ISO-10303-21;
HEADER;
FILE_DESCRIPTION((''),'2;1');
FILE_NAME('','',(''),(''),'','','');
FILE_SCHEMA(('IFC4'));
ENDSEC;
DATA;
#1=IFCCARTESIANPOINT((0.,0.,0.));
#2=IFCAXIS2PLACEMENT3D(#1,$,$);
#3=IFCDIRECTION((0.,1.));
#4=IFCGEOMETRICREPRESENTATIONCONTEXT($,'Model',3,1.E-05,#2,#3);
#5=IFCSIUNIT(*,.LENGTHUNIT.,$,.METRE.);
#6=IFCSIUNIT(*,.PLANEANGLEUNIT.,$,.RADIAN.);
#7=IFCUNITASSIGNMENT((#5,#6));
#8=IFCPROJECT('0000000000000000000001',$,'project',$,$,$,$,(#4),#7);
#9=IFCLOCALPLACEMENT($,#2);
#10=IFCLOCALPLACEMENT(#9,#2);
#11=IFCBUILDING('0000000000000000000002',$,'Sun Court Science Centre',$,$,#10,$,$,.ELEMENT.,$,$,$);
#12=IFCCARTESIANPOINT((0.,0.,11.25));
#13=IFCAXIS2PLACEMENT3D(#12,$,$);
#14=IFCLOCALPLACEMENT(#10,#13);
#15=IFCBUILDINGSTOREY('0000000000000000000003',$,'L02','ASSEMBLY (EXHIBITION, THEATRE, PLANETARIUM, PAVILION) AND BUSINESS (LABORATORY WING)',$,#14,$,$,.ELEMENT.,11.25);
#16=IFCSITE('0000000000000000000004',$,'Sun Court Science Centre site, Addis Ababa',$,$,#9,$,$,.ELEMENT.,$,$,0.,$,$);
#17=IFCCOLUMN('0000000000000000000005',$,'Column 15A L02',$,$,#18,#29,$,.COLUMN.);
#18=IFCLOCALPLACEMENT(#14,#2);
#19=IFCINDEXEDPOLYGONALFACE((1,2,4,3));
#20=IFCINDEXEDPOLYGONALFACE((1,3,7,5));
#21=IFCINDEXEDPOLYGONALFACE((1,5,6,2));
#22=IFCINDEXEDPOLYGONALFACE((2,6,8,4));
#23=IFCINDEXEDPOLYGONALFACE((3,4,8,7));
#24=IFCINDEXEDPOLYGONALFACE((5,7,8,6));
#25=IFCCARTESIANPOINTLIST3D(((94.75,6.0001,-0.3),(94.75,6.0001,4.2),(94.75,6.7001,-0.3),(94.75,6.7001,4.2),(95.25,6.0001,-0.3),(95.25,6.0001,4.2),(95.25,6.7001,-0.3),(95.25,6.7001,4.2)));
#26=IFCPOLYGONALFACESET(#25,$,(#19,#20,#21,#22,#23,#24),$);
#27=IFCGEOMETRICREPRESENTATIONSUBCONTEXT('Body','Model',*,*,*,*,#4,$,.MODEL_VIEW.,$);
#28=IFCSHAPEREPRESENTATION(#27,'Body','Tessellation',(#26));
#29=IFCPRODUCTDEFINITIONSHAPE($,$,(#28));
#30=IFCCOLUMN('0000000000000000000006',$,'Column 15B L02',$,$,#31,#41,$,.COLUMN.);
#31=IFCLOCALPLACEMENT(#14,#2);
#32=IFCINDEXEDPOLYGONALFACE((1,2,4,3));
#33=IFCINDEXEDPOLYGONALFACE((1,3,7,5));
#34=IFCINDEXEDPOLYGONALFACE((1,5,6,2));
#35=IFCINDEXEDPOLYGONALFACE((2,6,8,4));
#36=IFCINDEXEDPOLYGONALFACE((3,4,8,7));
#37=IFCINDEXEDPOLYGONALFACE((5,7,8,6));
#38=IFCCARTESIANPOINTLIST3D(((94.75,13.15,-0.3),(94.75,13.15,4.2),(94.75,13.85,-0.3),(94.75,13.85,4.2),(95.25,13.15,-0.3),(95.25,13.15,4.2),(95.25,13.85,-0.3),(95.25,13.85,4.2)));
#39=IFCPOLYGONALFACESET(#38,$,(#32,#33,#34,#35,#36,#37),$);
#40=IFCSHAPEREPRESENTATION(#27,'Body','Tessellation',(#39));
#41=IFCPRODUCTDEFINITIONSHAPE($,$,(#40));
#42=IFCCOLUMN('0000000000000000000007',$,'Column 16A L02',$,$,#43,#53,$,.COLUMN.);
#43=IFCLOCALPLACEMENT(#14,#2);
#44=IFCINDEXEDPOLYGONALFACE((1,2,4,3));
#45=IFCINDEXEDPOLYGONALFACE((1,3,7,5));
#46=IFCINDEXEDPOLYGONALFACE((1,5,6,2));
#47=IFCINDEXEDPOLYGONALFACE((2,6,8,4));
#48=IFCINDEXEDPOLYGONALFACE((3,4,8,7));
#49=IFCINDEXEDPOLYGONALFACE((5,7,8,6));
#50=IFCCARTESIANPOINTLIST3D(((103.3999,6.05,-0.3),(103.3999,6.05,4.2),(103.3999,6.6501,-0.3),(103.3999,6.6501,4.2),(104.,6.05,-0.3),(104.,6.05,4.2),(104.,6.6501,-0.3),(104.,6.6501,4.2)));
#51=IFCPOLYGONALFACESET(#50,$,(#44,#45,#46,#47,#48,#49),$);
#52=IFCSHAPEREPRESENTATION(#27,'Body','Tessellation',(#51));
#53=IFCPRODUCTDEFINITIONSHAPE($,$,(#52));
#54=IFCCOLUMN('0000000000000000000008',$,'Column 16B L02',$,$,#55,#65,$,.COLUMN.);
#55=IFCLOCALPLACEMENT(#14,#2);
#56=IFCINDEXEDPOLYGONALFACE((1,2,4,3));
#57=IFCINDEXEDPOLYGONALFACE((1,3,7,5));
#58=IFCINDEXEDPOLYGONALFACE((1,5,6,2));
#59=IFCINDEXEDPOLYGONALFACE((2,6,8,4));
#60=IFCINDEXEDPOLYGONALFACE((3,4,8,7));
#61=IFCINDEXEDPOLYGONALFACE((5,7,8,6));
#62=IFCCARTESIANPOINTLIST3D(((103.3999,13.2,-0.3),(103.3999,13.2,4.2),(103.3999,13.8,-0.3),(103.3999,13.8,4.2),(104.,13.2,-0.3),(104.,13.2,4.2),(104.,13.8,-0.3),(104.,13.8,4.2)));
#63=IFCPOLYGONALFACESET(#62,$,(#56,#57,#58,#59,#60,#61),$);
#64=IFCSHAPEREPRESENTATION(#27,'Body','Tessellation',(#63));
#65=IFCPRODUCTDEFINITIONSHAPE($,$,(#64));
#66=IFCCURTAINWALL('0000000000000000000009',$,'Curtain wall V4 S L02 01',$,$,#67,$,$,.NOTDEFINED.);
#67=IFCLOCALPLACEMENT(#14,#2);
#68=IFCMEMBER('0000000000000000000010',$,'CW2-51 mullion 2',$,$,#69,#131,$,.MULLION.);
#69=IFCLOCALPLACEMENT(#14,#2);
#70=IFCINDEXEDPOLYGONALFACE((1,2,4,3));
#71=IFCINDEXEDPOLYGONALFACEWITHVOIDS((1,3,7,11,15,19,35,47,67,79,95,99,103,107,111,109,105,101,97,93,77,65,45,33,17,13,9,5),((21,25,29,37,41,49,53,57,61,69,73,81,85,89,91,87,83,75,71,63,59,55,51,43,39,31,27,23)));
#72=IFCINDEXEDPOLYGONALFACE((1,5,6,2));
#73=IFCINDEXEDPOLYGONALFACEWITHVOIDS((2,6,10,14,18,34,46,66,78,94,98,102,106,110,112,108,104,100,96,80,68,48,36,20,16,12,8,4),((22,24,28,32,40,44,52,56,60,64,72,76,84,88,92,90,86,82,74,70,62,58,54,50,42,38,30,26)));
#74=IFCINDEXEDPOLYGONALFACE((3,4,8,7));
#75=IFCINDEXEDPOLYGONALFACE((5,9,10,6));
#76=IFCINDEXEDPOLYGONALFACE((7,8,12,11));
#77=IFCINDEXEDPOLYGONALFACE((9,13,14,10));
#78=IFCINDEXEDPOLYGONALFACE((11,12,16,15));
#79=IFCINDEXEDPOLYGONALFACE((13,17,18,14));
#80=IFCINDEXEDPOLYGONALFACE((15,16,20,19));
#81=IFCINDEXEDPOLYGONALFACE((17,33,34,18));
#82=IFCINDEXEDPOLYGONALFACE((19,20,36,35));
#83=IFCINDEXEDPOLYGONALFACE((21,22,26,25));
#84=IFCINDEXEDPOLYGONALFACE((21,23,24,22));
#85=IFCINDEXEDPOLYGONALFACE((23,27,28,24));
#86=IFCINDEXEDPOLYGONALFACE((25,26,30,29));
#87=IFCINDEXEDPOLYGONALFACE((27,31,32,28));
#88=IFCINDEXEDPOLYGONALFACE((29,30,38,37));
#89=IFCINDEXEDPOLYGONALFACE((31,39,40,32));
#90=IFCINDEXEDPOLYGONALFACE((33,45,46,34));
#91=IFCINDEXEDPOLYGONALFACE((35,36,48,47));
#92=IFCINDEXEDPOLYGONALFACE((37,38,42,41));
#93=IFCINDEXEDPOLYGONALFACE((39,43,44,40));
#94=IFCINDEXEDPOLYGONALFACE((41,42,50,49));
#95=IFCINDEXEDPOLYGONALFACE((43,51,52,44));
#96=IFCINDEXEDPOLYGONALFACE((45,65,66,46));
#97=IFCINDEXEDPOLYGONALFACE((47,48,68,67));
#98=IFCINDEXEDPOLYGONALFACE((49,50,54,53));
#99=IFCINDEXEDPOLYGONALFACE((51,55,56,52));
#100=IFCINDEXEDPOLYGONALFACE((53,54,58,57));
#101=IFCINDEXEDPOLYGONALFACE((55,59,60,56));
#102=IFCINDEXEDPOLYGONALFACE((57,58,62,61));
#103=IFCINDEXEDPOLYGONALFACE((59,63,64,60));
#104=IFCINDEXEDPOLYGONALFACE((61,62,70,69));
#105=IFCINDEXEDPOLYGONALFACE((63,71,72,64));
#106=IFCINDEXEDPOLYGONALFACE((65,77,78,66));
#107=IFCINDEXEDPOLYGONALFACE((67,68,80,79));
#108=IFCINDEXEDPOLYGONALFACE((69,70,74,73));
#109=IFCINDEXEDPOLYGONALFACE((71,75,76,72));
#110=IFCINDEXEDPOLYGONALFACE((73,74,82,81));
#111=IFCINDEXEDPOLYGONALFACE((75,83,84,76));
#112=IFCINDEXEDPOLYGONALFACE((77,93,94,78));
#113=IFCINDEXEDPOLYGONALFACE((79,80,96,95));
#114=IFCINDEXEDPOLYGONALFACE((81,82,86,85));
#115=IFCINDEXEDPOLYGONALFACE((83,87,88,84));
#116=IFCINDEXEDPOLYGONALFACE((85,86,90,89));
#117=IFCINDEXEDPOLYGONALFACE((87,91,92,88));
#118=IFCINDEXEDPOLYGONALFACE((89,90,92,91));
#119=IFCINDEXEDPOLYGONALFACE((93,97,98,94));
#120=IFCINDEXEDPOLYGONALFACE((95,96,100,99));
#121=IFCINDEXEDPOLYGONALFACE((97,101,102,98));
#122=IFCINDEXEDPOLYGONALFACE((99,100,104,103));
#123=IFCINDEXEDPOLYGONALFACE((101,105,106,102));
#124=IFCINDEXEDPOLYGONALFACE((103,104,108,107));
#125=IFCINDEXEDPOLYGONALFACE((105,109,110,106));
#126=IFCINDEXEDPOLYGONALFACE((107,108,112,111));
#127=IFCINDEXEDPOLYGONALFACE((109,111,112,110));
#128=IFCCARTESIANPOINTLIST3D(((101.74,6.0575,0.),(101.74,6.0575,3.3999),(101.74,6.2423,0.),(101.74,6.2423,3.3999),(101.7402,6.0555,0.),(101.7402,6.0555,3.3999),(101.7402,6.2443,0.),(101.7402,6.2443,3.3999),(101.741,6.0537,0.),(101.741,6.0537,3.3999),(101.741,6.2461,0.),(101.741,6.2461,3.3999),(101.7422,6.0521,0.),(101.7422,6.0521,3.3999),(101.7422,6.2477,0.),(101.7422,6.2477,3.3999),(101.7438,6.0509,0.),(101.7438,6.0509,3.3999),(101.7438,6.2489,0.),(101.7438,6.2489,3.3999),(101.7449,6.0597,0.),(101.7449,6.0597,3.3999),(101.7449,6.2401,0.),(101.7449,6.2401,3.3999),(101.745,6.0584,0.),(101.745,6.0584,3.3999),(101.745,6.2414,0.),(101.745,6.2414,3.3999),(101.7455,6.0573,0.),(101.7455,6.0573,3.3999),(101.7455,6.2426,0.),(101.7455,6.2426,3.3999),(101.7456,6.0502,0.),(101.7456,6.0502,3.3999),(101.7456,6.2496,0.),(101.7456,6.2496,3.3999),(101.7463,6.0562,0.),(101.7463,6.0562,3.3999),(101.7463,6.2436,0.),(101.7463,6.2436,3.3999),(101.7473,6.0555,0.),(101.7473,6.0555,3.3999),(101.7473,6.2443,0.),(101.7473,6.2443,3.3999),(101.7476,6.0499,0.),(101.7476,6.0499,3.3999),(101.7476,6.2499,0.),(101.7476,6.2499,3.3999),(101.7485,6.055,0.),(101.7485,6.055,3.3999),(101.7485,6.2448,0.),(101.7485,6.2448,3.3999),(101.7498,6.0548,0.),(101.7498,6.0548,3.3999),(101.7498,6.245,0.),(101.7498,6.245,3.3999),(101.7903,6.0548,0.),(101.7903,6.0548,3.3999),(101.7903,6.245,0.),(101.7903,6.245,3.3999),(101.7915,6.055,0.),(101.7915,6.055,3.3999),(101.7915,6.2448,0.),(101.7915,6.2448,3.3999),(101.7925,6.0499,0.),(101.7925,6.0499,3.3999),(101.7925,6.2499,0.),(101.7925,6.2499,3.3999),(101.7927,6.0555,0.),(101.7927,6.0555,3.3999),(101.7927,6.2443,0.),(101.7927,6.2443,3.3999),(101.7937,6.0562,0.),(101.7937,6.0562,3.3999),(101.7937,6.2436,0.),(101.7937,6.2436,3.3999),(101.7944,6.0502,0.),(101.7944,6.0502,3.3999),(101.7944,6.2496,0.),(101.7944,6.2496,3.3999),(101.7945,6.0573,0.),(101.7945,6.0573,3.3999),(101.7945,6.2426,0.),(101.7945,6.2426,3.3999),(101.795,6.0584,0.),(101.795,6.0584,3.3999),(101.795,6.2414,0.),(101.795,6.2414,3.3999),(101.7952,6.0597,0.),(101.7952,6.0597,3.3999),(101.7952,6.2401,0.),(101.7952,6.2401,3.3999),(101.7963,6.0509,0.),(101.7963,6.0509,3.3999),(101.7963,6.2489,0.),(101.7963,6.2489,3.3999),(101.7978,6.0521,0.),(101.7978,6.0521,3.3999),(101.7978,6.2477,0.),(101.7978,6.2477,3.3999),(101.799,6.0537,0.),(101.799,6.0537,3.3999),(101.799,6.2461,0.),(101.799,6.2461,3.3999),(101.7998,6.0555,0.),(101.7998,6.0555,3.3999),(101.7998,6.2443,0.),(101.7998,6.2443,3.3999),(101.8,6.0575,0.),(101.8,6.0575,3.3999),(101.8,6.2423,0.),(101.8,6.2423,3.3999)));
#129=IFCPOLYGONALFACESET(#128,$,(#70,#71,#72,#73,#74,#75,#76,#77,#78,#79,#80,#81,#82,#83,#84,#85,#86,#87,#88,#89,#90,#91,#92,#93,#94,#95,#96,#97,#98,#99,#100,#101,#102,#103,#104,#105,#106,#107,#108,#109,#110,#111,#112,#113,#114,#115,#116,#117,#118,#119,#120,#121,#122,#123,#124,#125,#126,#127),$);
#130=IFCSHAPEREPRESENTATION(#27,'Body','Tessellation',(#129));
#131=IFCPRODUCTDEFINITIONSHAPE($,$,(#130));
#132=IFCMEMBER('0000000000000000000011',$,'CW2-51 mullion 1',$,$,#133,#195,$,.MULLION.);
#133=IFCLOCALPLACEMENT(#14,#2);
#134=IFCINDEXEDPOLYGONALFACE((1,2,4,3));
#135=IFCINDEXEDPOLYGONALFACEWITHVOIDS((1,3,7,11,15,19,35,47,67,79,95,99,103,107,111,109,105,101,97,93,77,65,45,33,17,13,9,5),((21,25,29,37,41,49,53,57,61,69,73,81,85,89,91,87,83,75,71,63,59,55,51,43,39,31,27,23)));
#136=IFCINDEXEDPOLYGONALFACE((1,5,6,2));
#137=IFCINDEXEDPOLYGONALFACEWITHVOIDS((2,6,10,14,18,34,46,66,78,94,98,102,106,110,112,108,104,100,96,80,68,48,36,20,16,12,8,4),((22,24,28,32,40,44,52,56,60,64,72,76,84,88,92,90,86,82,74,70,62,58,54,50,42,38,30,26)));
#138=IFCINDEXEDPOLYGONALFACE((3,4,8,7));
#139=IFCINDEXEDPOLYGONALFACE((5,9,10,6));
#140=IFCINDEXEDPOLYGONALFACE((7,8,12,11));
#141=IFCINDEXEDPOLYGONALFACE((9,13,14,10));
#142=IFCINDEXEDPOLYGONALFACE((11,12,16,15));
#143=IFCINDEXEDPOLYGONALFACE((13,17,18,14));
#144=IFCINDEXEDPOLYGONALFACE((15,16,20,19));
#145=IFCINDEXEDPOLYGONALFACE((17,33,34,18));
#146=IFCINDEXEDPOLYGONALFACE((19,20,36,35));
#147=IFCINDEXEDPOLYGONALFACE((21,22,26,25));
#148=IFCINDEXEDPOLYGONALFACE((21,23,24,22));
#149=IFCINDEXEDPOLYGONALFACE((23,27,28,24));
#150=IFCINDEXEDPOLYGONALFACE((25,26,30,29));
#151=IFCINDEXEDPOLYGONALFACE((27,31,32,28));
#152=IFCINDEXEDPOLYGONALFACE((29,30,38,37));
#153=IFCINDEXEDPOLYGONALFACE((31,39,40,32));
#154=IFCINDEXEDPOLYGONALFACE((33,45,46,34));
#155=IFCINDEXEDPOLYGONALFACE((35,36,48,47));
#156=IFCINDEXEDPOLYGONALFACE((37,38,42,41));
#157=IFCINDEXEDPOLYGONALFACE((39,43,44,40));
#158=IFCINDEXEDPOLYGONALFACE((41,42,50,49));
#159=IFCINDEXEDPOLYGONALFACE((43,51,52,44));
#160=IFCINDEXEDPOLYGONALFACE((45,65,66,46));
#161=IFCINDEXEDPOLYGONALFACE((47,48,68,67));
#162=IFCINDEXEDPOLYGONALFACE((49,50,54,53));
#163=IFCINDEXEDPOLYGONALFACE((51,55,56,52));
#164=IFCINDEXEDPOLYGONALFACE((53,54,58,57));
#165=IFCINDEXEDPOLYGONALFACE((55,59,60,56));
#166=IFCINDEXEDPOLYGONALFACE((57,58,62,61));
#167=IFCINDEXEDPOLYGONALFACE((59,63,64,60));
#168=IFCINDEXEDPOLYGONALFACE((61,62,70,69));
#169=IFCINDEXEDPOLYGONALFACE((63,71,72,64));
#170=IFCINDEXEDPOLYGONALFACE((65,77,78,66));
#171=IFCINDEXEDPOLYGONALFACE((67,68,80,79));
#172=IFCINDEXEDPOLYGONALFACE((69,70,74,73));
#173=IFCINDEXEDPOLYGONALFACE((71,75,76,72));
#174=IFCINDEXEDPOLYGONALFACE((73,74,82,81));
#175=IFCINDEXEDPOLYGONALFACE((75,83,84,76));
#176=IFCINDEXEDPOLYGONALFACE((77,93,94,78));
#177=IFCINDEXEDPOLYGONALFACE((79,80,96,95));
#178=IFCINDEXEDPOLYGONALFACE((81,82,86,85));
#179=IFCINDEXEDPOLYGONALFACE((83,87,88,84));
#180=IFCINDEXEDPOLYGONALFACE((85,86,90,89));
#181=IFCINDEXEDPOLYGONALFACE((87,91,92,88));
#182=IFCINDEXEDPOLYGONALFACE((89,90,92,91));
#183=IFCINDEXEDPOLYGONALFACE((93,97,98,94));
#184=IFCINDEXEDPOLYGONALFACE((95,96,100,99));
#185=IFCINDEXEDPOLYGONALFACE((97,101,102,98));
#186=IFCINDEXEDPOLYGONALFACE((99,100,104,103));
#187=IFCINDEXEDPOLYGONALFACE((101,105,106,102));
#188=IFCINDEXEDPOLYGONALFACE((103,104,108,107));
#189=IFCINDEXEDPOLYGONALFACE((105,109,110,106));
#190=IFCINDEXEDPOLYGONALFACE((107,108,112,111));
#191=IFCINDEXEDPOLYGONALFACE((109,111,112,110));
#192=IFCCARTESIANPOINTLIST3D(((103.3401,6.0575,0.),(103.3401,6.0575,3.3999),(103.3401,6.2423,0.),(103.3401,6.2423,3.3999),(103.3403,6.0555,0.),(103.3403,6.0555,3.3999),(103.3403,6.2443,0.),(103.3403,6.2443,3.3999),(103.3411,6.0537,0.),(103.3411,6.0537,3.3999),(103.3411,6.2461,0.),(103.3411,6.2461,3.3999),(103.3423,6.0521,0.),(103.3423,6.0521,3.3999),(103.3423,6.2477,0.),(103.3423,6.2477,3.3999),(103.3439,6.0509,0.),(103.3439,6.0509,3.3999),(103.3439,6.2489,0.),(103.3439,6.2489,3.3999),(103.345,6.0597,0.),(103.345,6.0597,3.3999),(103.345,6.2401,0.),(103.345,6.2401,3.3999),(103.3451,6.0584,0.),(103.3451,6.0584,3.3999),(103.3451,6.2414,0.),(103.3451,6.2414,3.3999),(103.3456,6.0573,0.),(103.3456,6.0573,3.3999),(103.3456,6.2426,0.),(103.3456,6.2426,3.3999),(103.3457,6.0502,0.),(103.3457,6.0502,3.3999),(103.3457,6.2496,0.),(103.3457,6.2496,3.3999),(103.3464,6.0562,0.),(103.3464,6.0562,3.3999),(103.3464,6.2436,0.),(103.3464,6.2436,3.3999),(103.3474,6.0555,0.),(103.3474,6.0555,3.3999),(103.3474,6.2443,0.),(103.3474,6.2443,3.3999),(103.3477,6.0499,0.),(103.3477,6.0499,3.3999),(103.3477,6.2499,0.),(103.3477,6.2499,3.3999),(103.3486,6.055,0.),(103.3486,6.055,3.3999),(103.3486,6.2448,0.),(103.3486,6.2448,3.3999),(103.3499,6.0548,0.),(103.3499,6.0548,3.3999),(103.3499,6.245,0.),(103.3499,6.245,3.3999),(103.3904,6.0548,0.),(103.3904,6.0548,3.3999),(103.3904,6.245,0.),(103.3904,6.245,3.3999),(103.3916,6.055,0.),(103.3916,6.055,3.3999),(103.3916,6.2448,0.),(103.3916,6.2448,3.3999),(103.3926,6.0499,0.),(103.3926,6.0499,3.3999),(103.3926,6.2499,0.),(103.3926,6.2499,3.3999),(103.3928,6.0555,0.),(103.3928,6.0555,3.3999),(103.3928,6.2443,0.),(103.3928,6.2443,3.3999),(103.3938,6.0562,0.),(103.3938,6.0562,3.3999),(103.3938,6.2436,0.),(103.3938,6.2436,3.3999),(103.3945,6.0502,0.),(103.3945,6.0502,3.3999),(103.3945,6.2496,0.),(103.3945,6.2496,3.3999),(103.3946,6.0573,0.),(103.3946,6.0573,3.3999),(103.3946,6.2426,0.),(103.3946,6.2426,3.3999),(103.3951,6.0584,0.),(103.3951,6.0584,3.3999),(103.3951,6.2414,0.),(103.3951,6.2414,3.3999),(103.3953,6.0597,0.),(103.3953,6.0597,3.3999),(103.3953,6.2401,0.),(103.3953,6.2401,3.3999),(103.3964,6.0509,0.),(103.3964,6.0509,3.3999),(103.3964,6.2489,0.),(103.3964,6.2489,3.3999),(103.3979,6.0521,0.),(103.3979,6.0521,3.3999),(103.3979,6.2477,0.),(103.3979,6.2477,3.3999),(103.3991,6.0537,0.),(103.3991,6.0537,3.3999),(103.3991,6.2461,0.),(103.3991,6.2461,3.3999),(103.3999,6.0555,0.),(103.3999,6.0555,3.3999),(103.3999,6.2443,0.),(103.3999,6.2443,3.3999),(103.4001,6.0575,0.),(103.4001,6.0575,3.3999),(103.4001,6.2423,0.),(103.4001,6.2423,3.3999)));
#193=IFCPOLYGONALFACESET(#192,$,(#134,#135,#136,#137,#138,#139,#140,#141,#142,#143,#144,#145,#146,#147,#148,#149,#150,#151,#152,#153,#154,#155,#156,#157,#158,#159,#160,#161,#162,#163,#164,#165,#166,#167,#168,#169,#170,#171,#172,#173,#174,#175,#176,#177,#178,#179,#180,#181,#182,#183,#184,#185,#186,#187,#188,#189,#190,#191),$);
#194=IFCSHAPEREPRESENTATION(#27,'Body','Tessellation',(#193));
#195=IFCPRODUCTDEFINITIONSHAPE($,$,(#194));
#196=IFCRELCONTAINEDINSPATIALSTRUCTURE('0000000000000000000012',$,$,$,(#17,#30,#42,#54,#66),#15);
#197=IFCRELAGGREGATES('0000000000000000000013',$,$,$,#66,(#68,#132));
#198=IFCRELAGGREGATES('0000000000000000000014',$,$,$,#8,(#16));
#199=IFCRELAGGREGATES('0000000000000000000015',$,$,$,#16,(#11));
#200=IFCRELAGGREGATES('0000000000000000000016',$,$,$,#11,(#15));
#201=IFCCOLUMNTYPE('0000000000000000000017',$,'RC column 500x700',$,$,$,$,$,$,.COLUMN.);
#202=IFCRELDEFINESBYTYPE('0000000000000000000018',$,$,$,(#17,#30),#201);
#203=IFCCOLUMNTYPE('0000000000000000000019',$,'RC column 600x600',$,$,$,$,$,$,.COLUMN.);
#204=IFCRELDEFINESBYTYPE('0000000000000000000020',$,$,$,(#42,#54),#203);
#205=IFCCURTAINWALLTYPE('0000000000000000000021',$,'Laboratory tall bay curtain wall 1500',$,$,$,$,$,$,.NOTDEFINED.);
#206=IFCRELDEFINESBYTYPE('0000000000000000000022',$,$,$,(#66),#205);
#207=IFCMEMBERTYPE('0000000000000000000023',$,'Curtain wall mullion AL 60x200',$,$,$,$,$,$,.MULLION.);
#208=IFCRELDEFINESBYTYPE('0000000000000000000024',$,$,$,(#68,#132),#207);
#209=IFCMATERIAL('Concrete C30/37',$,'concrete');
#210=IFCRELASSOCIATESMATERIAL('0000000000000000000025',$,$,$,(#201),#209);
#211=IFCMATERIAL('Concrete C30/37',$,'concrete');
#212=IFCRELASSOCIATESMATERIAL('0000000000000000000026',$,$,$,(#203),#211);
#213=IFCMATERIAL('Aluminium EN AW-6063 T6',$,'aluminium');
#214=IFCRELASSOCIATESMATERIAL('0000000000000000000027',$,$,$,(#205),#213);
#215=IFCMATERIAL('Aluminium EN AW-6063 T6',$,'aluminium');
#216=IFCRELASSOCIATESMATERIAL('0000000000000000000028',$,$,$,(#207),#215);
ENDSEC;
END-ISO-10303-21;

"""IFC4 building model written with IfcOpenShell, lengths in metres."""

from ifc_helpers import new_model, si_unit, direction, frame, origin, origin_2d, place, context, subcontext, project, spatial, rectangle, hollow_rectangle, extrude, material, material_profile, profile_set, type_object, element, aggregate, save


model = new_model("IFC4")

# Units and contexts
model_context = context("Model", 3, precision=1e-05, world=origin(), true_north=direction((0.0, 1.0)))
body_context = subcontext(model_context, "Body", "Model", "MODEL_VIEW")
ifc_project = project(units=[si_unit("LENGTHUNIT", "METRE"), si_unit("PLANEANGLEUNIT", "RADIAN")], contexts=[model_context])

# Site, building, storey
site_placement = place(None, origin())
site = spatial("IfcSite", under=ifc_project, at=site_placement, Name="Sun Court Science Centre site, Addis Ababa", CompositionType="ELEMENT", RefElevation=0.0)
building_placement = place(site_placement, origin())
building = spatial("IfcBuilding", under=site, at=building_placement, Name="Sun Court Science Centre", CompositionType="ELEMENT")
storey_placement = place(building_placement, frame((0.0, 0.0, 11.25)))
storey = spatial("IfcBuildingStorey", under=building, at=storey_placement, Name="L02", Description="ASSEMBLY (EXHIBITION, THEATRE, PLANETARIUM, PAVILION) AND BUSINESS (LABORATORY WING)", CompositionType="ELEMENT", Elevation=11.25)

# Columns
ifc_material_1 = material(Name="Concrete C30/37", Category="concrete")
ifc_material_profile_1 = material_profile(ifc_material_1, rectangle(XDim=0.5, YDim=0.7, at=origin_2d()), Name="RC 500x700")
ifc_profile_set_1 = profile_set([ifc_material_profile_1], Name="Concrete C30/37")
column_type_1 = type_object("IfcColumnType", Name="RC column 500x700", PredefinedType="COLUMN", material=ifc_profile_set_1)
for number, where, z_axis, x_axis, name in (
    (1, (95.0, 6.3501, -0.3), (0.0, 0.0, 1.0), (1.0, 0.0, 0.0), "Column 15A L02"),
    (2, (95.0, 13.5, -0.3), (0.0, 0.0, 1.0), (1.0, 0.0, 0.0), "Column 15B L02"),
):
    element("IfcColumn", number, at=place(storey_placement, frame(where, z_axis=z_axis, x_axis=x_axis)), inside=storey, type_object=column_type_1, Name=name, PredefinedType="COLUMN", context=body_context, shape_type="SweptSolid", body=[
        extrude(rectangle(XDim=0.5, YDim=0.7, at=origin_2d()), origin(), (0.0, 0.0, 1.0), 4.5),
    ])
ifc_material_2 = material(Name="Concrete C30/37", Category="concrete")
ifc_material_profile_2 = material_profile(ifc_material_2, rectangle(XDim=0.6001, YDim=0.6001, at=origin_2d()), Name="RC 600x600")
ifc_profile_set_2 = profile_set([ifc_material_profile_2], Name="Concrete C30/37")
column_type_2 = type_object("IfcColumnType", Name="RC column 600x600", PredefinedType="COLUMN", material=ifc_profile_set_2)
for number, where, z_axis, x_axis, name in (
    (3, (103.7, 6.3501, -0.3), (0.0, 0.0, 1.0), (1.0, 0.0, 0.0), "Column 16A L02"),
    (4, (103.7, 13.5, -0.3), (0.0, 0.0, 1.0), (1.0, 0.0, 0.0), "Column 16B L02"),
):
    element("IfcColumn", number, at=place(storey_placement, frame(where, z_axis=z_axis, x_axis=x_axis)), inside=storey, type_object=column_type_2, Name=name, PredefinedType="COLUMN", context=body_context, shape_type="SweptSolid", body=[
        extrude(rectangle(XDim=0.6001, YDim=0.6001, at=origin_2d()), origin(), (0.0, 0.0, 1.0), 4.5),
    ])

# Curtain wall, members
ifc_material_3 = material(Name="Aluminium EN AW-6063 T6", Category="aluminium")
curtain_wall_type = type_object("IfcCurtainWallType", Name="Laboratory tall bay curtain wall 1500", PredefinedType="NOTDEFINED", material=ifc_material_3)
curtain_wall_placement = place(storey_placement, origin())
curtain_wall = element("IfcCurtainWall", 5, at=curtain_wall_placement, inside=storey, type_object=curtain_wall_type, Name="Curtain wall V4 S L02 01", PredefinedType="NOTDEFINED")
ifc_material_4 = material(Name="Aluminium EN AW-6063 T6", Category="aluminium")
ifc_material_profile_3 = material_profile(ifc_material_4, hollow_rectangle(XDim=0.0601, YDim=0.2, WallThickness=0.0049, InnerFilletRadius=0.0049, OuterFilletRadius=0.0076, at=origin_2d()), Name="AL 60x200x5")
ifc_profile_set_3 = profile_set([ifc_material_profile_3], Name="Aluminium EN AW-6063 T6")
member_type_1 = type_object("IfcMemberType", Name="Curtain wall mullion AL 60x200", PredefinedType="MULLION", material=ifc_profile_set_3)
member_1_placement = place(storey_placement, frame((101.77, 6.1499, 0.0), z_axis=(0.0, 0.0, 1.0), x_axis=(-1.0, 0.0, 0.0)))
member_1 = element("IfcMember", 6, at=member_1_placement, type_object=member_type_1, Name="CW2-51 mullion 2", PredefinedType="MULLION", context=body_context, shape_type="SweptSolid", body=[
    extrude(hollow_rectangle(XDim=0.0601, YDim=0.2, WallThickness=0.0049, InnerFilletRadius=0.0049, OuterFilletRadius=0.0076, at=origin_2d()), origin(), (0.0, 0.0, 1.0), 3.3999),
])
member_2_placement = place(storey_placement, frame((103.3701, 6.1499, 0.0), z_axis=(0.0, 0.0, 1.0), x_axis=(-1.0, 0.0, 0.0)))
member_2 = element("IfcMember", 7, at=member_2_placement, type_object=member_type_1, Name="CW2-51 mullion 1", PredefinedType="MULLION", context=body_context, shape_type="SweptSolid", body=[
    extrude(hollow_rectangle(XDim=0.0601, YDim=0.2, WallThickness=0.0049, InnerFilletRadius=0.0049, OuterFilletRadius=0.0076, at=origin_2d()), origin(), (0.0, 0.0, 1.0), 3.3999),
])

aggregate(curtain_wall, [member_1, member_2])

save(model, "model.ifc")
